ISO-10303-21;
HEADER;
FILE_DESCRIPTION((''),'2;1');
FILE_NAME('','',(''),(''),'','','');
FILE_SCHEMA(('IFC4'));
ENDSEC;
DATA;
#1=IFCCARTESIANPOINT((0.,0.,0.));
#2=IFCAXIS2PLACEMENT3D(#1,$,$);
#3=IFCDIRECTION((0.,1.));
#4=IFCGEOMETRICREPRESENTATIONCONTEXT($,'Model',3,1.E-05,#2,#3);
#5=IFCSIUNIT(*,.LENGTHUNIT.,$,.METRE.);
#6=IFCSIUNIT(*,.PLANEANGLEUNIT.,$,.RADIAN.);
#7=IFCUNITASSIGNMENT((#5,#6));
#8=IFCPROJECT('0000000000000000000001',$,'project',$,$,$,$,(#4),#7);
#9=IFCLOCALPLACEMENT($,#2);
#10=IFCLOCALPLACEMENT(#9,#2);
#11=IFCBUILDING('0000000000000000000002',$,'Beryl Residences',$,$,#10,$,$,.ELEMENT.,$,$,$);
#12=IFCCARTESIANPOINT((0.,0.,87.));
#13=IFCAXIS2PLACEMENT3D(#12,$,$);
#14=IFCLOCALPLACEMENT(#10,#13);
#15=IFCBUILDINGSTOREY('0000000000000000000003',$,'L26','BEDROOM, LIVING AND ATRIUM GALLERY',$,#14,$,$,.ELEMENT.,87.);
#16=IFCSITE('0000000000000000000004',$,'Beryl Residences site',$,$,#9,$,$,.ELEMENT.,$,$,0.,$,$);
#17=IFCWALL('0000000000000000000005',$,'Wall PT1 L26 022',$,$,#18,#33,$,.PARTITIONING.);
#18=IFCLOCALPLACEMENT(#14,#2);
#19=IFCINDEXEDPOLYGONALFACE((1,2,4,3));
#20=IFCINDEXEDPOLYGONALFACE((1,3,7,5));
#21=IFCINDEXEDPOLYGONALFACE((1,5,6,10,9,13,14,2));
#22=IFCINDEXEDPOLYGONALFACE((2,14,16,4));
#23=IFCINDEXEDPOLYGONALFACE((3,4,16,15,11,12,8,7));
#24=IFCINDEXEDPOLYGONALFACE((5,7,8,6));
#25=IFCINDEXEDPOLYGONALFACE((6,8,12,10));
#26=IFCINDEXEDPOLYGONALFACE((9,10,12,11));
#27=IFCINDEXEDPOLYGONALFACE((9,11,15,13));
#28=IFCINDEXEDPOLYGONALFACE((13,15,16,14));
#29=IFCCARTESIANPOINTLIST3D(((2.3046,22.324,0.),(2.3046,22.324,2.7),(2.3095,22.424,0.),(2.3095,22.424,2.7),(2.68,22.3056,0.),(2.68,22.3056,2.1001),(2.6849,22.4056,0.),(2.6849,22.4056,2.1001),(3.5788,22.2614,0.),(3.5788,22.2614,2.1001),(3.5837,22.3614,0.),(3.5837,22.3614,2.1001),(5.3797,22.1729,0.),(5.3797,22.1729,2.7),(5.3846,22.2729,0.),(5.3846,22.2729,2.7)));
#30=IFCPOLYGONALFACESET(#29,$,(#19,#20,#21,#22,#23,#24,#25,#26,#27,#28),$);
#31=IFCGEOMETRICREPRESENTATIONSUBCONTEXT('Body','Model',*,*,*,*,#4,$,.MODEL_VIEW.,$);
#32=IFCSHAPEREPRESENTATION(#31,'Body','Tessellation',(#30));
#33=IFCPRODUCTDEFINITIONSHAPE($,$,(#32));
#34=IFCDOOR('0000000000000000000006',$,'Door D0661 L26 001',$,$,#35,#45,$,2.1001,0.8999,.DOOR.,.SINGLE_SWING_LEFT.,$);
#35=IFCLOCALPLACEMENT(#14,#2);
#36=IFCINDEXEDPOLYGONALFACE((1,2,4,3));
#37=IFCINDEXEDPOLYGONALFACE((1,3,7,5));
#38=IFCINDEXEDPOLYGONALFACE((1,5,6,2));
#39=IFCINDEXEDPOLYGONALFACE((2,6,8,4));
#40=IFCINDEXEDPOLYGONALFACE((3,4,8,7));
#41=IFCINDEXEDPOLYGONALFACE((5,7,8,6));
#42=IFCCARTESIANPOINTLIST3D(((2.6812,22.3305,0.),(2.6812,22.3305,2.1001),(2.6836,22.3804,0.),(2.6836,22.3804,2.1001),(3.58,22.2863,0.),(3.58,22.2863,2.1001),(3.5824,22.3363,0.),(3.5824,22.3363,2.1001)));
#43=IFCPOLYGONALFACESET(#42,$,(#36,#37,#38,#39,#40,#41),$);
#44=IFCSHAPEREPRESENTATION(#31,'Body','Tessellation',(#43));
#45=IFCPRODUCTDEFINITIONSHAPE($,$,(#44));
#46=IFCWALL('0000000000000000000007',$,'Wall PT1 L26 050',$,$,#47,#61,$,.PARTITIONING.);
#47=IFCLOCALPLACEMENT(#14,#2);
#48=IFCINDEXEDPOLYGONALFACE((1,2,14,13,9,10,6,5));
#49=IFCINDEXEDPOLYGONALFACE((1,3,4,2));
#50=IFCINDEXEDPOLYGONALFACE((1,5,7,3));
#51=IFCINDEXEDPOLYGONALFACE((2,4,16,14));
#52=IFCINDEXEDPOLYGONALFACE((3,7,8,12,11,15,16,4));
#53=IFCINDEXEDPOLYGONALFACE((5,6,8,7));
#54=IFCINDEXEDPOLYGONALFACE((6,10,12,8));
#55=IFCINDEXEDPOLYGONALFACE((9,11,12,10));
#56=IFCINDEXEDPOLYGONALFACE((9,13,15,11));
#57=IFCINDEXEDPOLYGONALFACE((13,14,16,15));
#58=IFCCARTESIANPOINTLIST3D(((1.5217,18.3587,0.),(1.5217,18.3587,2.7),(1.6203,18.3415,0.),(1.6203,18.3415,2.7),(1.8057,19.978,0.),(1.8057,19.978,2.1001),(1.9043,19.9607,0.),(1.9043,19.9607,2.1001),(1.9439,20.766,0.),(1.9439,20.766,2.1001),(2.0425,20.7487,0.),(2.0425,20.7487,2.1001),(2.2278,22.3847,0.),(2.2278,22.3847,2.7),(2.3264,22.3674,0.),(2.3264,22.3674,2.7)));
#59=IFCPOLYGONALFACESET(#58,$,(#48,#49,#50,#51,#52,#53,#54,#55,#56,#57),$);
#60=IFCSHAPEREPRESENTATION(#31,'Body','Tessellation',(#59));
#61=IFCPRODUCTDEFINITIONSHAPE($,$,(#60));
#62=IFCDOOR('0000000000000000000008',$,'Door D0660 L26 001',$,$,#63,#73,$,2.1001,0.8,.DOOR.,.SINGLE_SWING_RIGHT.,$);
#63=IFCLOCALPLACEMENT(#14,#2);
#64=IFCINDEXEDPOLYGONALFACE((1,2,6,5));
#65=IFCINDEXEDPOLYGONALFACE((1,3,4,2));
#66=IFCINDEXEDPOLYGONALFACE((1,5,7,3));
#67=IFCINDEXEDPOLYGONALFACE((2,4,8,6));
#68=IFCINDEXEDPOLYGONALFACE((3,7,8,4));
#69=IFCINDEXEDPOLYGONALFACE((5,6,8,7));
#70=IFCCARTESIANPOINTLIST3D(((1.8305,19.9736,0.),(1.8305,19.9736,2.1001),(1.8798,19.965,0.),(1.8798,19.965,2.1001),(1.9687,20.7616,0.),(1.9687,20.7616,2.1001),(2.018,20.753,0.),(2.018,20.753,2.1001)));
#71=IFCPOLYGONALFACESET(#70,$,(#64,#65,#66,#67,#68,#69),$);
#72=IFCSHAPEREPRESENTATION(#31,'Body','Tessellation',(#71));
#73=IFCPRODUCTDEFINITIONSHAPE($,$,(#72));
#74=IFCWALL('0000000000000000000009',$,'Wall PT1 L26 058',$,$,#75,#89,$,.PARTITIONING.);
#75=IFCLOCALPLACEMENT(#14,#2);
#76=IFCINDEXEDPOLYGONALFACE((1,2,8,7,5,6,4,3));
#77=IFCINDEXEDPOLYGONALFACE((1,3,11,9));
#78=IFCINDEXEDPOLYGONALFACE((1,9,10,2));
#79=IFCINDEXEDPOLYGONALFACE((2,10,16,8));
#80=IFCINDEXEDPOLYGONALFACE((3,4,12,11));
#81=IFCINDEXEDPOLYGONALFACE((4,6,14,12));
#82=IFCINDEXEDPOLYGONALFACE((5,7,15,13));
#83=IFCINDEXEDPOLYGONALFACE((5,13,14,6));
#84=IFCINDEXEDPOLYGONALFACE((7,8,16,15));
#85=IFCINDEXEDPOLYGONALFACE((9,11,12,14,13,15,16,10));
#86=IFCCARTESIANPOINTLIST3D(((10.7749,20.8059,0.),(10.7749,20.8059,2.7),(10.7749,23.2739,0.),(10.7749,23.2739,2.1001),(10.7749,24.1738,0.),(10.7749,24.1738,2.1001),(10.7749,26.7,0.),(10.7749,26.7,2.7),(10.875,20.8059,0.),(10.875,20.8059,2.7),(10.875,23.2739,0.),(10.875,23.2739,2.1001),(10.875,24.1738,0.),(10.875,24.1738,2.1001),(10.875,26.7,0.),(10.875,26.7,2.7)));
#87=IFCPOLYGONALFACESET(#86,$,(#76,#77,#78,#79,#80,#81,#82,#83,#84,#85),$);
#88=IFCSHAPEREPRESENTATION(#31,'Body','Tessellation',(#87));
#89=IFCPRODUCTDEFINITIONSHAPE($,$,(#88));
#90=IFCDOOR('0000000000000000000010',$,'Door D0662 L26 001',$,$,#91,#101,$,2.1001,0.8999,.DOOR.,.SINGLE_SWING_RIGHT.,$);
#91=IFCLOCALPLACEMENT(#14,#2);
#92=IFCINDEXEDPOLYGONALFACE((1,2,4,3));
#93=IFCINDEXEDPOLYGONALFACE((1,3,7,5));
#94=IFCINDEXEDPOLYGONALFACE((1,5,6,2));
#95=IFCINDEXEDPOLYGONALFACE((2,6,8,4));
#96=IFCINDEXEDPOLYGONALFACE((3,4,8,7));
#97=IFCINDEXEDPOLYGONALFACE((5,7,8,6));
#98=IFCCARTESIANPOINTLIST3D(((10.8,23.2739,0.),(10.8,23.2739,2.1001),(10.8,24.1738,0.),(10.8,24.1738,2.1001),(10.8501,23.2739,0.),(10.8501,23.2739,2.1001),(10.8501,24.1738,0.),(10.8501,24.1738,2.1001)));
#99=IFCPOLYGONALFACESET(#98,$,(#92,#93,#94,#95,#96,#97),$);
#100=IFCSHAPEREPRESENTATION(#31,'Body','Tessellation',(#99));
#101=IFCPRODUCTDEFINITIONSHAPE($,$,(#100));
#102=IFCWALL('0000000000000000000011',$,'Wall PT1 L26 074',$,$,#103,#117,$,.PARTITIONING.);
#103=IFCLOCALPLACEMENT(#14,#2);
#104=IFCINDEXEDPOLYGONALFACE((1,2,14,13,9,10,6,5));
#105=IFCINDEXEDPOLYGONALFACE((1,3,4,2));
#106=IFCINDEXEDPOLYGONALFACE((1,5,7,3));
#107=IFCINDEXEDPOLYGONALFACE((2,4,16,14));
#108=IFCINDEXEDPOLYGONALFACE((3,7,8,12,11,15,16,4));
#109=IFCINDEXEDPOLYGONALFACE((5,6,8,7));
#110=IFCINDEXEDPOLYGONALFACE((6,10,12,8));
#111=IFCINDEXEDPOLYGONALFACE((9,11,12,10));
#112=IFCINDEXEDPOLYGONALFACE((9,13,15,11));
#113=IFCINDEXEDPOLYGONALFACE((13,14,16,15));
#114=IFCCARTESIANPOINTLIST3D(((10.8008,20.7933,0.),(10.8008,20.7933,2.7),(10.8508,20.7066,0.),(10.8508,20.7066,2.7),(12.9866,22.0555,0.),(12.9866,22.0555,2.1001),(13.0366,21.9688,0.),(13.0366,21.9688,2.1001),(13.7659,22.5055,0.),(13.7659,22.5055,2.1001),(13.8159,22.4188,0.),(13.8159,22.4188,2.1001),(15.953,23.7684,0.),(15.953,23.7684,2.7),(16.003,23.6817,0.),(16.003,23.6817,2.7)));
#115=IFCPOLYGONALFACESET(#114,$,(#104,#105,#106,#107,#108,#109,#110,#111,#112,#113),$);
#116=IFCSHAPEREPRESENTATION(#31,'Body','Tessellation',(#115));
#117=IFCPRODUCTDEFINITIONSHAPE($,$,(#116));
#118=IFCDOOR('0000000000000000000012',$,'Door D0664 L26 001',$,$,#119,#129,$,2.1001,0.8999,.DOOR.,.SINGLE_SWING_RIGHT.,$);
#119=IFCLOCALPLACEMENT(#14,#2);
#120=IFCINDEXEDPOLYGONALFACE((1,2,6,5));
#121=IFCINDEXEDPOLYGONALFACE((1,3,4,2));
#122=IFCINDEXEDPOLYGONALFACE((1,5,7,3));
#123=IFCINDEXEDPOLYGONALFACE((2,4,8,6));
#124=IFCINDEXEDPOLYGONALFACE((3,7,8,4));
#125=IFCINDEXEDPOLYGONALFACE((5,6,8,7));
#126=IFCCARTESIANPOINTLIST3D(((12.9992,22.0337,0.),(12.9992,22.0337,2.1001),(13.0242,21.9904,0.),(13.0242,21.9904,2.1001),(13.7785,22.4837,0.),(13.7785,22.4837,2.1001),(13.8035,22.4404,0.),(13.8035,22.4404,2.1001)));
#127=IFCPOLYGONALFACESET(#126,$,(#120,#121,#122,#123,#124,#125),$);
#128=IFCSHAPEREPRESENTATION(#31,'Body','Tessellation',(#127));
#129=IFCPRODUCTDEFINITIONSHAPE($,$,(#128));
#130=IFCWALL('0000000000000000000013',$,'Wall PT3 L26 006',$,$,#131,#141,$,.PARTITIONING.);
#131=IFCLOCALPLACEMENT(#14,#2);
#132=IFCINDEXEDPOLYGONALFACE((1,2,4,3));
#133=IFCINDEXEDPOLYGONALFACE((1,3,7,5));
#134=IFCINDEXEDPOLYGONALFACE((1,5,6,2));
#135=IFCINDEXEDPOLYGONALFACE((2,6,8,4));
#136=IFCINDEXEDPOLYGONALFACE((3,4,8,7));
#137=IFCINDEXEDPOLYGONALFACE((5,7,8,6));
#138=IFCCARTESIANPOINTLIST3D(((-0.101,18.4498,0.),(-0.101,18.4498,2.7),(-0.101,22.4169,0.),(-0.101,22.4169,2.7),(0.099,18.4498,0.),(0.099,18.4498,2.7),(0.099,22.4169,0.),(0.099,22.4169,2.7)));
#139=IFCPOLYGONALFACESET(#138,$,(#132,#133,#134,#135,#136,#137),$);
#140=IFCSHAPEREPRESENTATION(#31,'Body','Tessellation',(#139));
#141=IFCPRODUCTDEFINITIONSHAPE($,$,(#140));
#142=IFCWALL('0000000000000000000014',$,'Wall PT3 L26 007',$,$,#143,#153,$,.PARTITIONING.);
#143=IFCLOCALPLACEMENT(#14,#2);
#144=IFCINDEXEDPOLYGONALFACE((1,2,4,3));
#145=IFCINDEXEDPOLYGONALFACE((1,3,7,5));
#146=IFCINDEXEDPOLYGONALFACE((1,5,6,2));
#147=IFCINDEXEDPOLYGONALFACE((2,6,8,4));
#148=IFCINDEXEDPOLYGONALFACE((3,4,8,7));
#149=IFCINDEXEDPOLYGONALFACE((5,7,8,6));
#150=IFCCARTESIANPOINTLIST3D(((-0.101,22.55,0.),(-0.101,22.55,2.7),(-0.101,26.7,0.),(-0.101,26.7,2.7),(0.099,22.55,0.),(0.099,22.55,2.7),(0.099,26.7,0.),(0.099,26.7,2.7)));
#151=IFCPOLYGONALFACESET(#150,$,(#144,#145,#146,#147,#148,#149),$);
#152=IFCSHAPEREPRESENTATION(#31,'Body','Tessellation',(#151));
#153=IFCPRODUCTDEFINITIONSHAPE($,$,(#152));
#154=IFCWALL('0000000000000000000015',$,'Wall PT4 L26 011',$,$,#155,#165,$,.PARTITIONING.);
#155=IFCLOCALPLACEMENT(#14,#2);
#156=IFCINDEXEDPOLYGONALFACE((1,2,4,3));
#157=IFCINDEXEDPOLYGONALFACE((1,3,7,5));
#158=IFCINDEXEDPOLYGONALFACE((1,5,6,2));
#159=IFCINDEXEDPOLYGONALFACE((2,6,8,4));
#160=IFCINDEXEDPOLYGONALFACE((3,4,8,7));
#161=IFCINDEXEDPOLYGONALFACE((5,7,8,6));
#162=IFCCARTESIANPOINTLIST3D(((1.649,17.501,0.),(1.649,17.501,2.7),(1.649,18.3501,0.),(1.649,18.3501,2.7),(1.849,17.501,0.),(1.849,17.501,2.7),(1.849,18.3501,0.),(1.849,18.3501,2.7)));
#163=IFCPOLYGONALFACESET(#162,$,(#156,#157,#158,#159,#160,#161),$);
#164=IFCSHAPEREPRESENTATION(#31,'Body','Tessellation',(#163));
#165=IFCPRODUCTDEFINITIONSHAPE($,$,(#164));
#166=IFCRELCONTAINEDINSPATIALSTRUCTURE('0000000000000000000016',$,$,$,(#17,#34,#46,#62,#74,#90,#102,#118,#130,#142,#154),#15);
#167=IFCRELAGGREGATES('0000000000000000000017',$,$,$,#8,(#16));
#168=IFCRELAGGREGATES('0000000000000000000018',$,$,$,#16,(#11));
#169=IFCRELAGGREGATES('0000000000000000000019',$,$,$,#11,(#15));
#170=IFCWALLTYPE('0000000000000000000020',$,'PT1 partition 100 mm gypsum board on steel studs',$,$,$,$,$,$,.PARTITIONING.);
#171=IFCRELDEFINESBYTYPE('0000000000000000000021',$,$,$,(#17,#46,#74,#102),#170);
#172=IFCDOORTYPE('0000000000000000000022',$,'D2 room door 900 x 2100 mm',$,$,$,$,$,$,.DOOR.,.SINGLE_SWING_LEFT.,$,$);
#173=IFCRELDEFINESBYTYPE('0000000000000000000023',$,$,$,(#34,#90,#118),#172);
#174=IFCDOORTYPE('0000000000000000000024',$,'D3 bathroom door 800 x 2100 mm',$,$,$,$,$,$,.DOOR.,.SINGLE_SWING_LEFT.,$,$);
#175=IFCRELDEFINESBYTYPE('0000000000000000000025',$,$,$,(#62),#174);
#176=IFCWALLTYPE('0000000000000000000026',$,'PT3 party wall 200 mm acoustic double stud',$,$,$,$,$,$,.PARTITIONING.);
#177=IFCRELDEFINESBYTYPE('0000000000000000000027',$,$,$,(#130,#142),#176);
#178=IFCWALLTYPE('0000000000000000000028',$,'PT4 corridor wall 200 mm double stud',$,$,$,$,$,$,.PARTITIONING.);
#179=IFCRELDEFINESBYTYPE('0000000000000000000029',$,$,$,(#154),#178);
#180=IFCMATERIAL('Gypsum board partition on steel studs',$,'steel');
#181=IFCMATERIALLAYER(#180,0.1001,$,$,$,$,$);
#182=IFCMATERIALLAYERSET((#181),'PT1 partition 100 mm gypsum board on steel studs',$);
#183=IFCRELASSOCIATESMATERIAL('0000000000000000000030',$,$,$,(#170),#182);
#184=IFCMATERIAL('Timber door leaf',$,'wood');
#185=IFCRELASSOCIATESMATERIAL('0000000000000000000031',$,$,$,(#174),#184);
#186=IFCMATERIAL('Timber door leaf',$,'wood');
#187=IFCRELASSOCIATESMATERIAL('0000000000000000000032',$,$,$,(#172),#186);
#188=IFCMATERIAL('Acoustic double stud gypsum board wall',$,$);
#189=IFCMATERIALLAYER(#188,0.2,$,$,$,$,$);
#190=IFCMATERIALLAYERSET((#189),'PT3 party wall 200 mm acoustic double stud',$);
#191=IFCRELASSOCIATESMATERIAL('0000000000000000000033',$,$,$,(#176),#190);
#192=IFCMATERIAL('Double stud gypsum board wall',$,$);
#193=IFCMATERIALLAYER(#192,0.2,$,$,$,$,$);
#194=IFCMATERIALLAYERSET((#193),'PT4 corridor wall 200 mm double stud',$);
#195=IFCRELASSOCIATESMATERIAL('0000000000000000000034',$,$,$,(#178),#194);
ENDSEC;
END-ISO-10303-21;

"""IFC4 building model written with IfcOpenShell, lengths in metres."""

from ifc_helpers import new_model, si_unit, direction, frame, frame_2d, origin, place, context, subcontext, project, spatial, rectangle, extrude, material, layer, layer_set, type_object, element, fill, save


model = new_model("IFC4")

# Units and contexts
model_context = context("Model", 3, precision=1e-05, world=origin(), true_north=direction((0.0, 1.0)))
body_context = subcontext(model_context, "Body", "Model", "MODEL_VIEW")
ifc_project = project(units=[si_unit("LENGTHUNIT", "METRE"), si_unit("PLANEANGLEUNIT", "RADIAN")], contexts=[model_context])

# Site, building, storey
site_placement = place(None, origin())
site = spatial("IfcSite", under=ifc_project, at=site_placement, Name="Beryl Residences site", CompositionType="ELEMENT", RefElevation=0.0)
building_placement = place(site_placement, origin())
building = spatial("IfcBuilding", under=site, at=building_placement, Name="Beryl Residences", CompositionType="ELEMENT")
storey_placement = place(building_placement, frame((0.0, 0.0, 87.0)))
storey = spatial("IfcBuildingStorey", under=building, at=storey_placement, Name="L26", Description="BEDROOM, LIVING AND ATRIUM GALLERY", CompositionType="ELEMENT", Elevation=87.0)

# Shared definitions
ifc_material_1 = material(Name="Gypsum board partition on steel studs", Category="steel")
ifc_layer_1 = layer(ifc_material_1, 0.1001)
ifc_layer_set_1 = layer_set([ifc_layer_1], Name="PT1 partition 100 mm gypsum board on steel studs")
wall_type_1 = type_object("IfcWallType", Name="PT1 partition 100 mm gypsum board on steel studs", PredefinedType="PARTITIONING", material=ifc_layer_set_1)

# Shared definitions
ifc_material_2 = material(Name="Timber door leaf", Category="wood")
door_type_1 = type_object("IfcDoorType", Name="D3 bathroom door 800 x 2100 mm", OperationType="SINGLE_SWING_LEFT", PredefinedType="DOOR", material=ifc_material_2)

# Walls, openings, doors
wall_1_placement = place(storey_placement, frame((2.3069, 22.374, 0.0), z_axis=(0.0, 0.0, 1.0), x_axis=(0.998795, -0.049083, 0.0)))
wall_1 = element("IfcWall", 1, at=wall_1_placement, inside=storey, type_object=wall_type_1, Name="Wall PT1 L26 022", PredefinedType="PARTITIONING", context=body_context, shape_type="SweptSolid", body=[
    extrude(rectangle(XDim=3.0789, YDim=0.1001, at=frame_2d((1.5396, 0.0))), origin(), (0.0, 0.0, 1.0), 2.7),
])
opening_1_placement = place(wall_1_placement, frame((0.376, 0.0, 0.0)))
opening_1 = element("IfcOpeningElement", 2, at=opening_1_placement, cuts=wall_1, PredefinedType="OPENING", context=body_context, shape_type="SweptSolid", body=[
    extrude(rectangle(XDim=0.8999, YDim=2.1001, at=frame_2d((0.45, 1.05))), frame((0.0, 0.0601, 0.0), z_axis=(0.0, -1.0, 0.0), x_axis=(1.0, 0.0, 0.0)), (0.0, 0.0, 1.0), 0.1201),
])
ifc_material_3 = material(Name="Timber door leaf", Category="wood")
door_type_2 = type_object("IfcDoorType", Name="D2 room door 900 x 2100 mm", OperationType="SINGLE_SWING_LEFT", PredefinedType="DOOR", material=ifc_material_3)
door_1_placement = place(opening_1_placement, origin())
door_1 = element("IfcDoor", 3, at=door_1_placement, inside=storey, type_object=door_type_2, Name="Door D0661 L26 001", OperationType="SINGLE_SWING_LEFT", OverallHeight=2.1001, OverallWidth=0.8999, PredefinedType="DOOR", context=body_context, shape_type="SweptSolid", body=[
    extrude(rectangle(XDim=0.8999, YDim=2.1001, at=frame_2d((0.45, 1.05))), frame((0.0, 0.0249, 0.0), z_axis=(0.0, -1.0, 0.0), x_axis=(1.0, 0.0, 0.0)), (0.0, 0.0, 1.0), 0.05),
])
fill(opening_1, door_1)
wall_2_placement = place(storey_placement, frame((1.571, 18.3501, 0.0), z_axis=(0.0, 0.0, 1.0), x_axis=(0.172743, 0.984967, 0.0)))
wall_2 = element("IfcWall", 4, at=wall_2_placement, inside=storey, type_object=wall_type_1, Name="Wall PT1 L26 050", PredefinedType="PARTITIONING", context=body_context, shape_type="SweptSolid", body=[
    extrude(rectangle(XDim=4.0874, YDim=0.1001, at=frame_2d((2.0437, 0.0))), origin(), (0.0, 0.0, 1.0), 2.7),
])
opening_2_placement = place(wall_2_placement, frame((1.644, 0.0, 0.0)))
opening_2 = element("IfcOpeningElement", 5, at=opening_2_placement, cuts=wall_2, PredefinedType="OPENING", context=body_context, shape_type="SweptSolid", body=[
    extrude(rectangle(XDim=0.8, YDim=2.1001, at=frame_2d((0.3999, 1.05))), frame((0.0, 0.0601, 0.0), z_axis=(0.0, -1.0, 0.0), x_axis=(1.0, 0.0, 0.0)), (0.0, 0.0, 1.0), 0.1201),
])
door_2_placement = place(opening_2_placement, origin())
door_2 = element("IfcDoor", 6, at=door_2_placement, inside=storey, type_object=door_type_1, Name="Door D0660 L26 001", OperationType="SINGLE_SWING_RIGHT", OverallHeight=2.1001, OverallWidth=0.8, PredefinedType="DOOR", context=body_context, shape_type="SweptSolid", body=[
    extrude(rectangle(XDim=0.8, YDim=2.1001, at=frame_2d((0.3999, 1.05))), frame((0.0, 0.0249, 0.0), z_axis=(0.0, -1.0, 0.0), x_axis=(1.0, 0.0, 0.0)), (0.0, 0.0, 1.0), 0.05),
])
fill(opening_2, door_2)
wall_3_placement = place(storey_placement, frame((10.825, 20.8059, 0.0), z_axis=(0.0, 0.0, 1.0), x_axis=(0.0, 1.0, 0.0)))
wall_3 = element("IfcWall", 7, at=wall_3_placement, inside=storey, type_object=wall_type_1, Name="Wall PT1 L26 058", PredefinedType="PARTITIONING", context=body_context, shape_type="SweptSolid", body=[
    extrude(rectangle(XDim=5.894, YDim=0.1001, at=frame_2d((2.947, 0.0))), origin(), (0.0, 0.0, 1.0), 2.7),
])
opening_3_placement = place(wall_3_placement, frame((2.468, 0.0, 0.0)))
opening_3 = element("IfcOpeningElement", 8, at=opening_3_placement, cuts=wall_3, PredefinedType="OPENING", context=body_context, shape_type="SweptSolid", body=[
    extrude(rectangle(XDim=0.8999, YDim=2.1001, at=frame_2d((0.45, 1.05))), frame((0.0, 0.0601, 0.0), z_axis=(0.0, -1.0, 0.0), x_axis=(1.0, 0.0, 0.0)), (0.0, 0.0, 1.0), 0.1201),
])
door_3_placement = place(opening_3_placement, origin())
door_3 = element("IfcDoor", 9, at=door_3_placement, inside=storey, type_object=door_type_2, Name="Door D0662 L26 001", OperationType="SINGLE_SWING_RIGHT", OverallHeight=2.1001, OverallWidth=0.8999, PredefinedType="DOOR", context=body_context, shape_type="SweptSolid", body=[
    extrude(rectangle(XDim=0.8999, YDim=2.1001, at=frame_2d((0.45, 1.05))), frame((0.0, 0.0249, 0.0), z_axis=(0.0, -1.0, 0.0), x_axis=(1.0, 0.0, 0.0)), (0.0, 0.0, 1.0), 0.05),
])
fill(opening_3, door_3)
wall_4_placement = place(storey_placement, frame((10.8259, 20.75, 0.0), z_axis=(0.0, 0.0, 1.0), x_axis=(0.865987, 0.500067, 0.0)))
wall_4 = element("IfcWall", 10, at=wall_4_placement, inside=storey, type_object=wall_type_1, Name="Wall PT1 L26 074", PredefinedType="PARTITIONING", context=body_context, shape_type="SweptSolid", body=[
    extrude(rectangle(XDim=5.9495, YDim=0.1001, at=frame_2d((2.9746, 0.0))), origin(), (0.0, 0.0, 1.0), 2.7),
])
opening_4_placement = place(wall_4_placement, frame((2.5239, 0.0, 0.0)))
opening_4 = element("IfcOpeningElement", 11, at=opening_4_placement, cuts=wall_4, PredefinedType="OPENING", context=body_context, shape_type="SweptSolid", body=[
    extrude(rectangle(XDim=0.8999, YDim=2.1001, at=frame_2d((0.45, 1.05))), frame((0.0, 0.0601, 0.0), z_axis=(0.0, -1.0, 0.0), x_axis=(1.0, 0.0, 0.0)), (0.0, 0.0, 1.0), 0.1201),
])
door_4_placement = place(opening_4_placement, origin())
door_4 = element("IfcDoor", 12, at=door_4_placement, inside=storey, type_object=door_type_2, Name="Door D0664 L26 001", OperationType="SINGLE_SWING_RIGHT", OverallHeight=2.1001, OverallWidth=0.8999, PredefinedType="DOOR", context=body_context, shape_type="SweptSolid", body=[
    extrude(rectangle(XDim=0.8999, YDim=2.1001, at=frame_2d((0.45, 1.05))), frame((0.0, 0.0249, 0.0), z_axis=(0.0, -1.0, 0.0), x_axis=(1.0, 0.0, 0.0)), (0.0, 0.0, 1.0), 0.05),
])
fill(opening_4, door_4)

# Walls
ifc_material_4 = material(Name="Acoustic double stud gypsum board wall")
ifc_layer_2 = layer(ifc_material_4, 0.2)
ifc_layer_set_2 = layer_set([ifc_layer_2], Name="PT3 party wall 200 mm acoustic double stud")
wall_type_2 = type_object("IfcWallType", Name="PT3 party wall 200 mm acoustic double stud", PredefinedType="PARTITIONING", material=ifc_layer_set_2)
wall_5_placement = place(storey_placement, frame((-0.001, 18.45, 0.0), z_axis=(0.0, 0.0, 1.0), x_axis=(0.0, 1.0, 0.0)))
element("IfcWall", 13, at=wall_5_placement, inside=storey, type_object=wall_type_2, Name="Wall PT3 L26 006", PredefinedType="PARTITIONING", context=body_context, shape_type="SweptSolid", body=[
    extrude(rectangle(XDim=3.967, YDim=0.2, at=frame_2d((1.9834, 0.0))), origin(), (0.0, 0.0, 1.0), 2.7),
])
wall_6_placement = place(storey_placement, frame((-0.001, 22.55, 0.0), z_axis=(0.0, 0.0, 1.0), x_axis=(0.0, 1.0, 0.0)))
element("IfcWall", 14, at=wall_6_placement, inside=storey, type_object=wall_type_2, Name="Wall PT3 L26 007", PredefinedType="PARTITIONING", context=body_context, shape_type="SweptSolid", body=[
    extrude(rectangle(XDim=4.1499, YDim=0.2, at=frame_2d((2.075, 0.0))), origin(), (0.0, 0.0, 1.0), 2.7),
])
ifc_material_5 = material(Name="Double stud gypsum board wall")
ifc_layer_3 = layer(ifc_material_5, 0.2)
ifc_layer_set_3 = layer_set([ifc_layer_3], Name="PT4 corridor wall 200 mm double stud")
wall_type_3 = type_object("IfcWallType", Name="PT4 corridor wall 200 mm double stud", PredefinedType="PARTITIONING", material=ifc_layer_set_3)
wall_7_placement = place(storey_placement, frame((1.749, 18.3501, 0.0), z_axis=(0.0, 0.0, 1.0), x_axis=(0.0, -1.0, 0.0)))
element("IfcWall", 15, at=wall_7_placement, inside=storey, type_object=wall_type_3, Name="Wall PT4 L26 011", PredefinedType="PARTITIONING", context=body_context, shape_type="SweptSolid", body=[
    extrude(rectangle(XDim=0.8491, YDim=0.2, at=frame_2d((0.4246, 0.0))), origin(), (0.0, 0.0, 1.0), 2.7),
])

save(model, "model.ifc")
